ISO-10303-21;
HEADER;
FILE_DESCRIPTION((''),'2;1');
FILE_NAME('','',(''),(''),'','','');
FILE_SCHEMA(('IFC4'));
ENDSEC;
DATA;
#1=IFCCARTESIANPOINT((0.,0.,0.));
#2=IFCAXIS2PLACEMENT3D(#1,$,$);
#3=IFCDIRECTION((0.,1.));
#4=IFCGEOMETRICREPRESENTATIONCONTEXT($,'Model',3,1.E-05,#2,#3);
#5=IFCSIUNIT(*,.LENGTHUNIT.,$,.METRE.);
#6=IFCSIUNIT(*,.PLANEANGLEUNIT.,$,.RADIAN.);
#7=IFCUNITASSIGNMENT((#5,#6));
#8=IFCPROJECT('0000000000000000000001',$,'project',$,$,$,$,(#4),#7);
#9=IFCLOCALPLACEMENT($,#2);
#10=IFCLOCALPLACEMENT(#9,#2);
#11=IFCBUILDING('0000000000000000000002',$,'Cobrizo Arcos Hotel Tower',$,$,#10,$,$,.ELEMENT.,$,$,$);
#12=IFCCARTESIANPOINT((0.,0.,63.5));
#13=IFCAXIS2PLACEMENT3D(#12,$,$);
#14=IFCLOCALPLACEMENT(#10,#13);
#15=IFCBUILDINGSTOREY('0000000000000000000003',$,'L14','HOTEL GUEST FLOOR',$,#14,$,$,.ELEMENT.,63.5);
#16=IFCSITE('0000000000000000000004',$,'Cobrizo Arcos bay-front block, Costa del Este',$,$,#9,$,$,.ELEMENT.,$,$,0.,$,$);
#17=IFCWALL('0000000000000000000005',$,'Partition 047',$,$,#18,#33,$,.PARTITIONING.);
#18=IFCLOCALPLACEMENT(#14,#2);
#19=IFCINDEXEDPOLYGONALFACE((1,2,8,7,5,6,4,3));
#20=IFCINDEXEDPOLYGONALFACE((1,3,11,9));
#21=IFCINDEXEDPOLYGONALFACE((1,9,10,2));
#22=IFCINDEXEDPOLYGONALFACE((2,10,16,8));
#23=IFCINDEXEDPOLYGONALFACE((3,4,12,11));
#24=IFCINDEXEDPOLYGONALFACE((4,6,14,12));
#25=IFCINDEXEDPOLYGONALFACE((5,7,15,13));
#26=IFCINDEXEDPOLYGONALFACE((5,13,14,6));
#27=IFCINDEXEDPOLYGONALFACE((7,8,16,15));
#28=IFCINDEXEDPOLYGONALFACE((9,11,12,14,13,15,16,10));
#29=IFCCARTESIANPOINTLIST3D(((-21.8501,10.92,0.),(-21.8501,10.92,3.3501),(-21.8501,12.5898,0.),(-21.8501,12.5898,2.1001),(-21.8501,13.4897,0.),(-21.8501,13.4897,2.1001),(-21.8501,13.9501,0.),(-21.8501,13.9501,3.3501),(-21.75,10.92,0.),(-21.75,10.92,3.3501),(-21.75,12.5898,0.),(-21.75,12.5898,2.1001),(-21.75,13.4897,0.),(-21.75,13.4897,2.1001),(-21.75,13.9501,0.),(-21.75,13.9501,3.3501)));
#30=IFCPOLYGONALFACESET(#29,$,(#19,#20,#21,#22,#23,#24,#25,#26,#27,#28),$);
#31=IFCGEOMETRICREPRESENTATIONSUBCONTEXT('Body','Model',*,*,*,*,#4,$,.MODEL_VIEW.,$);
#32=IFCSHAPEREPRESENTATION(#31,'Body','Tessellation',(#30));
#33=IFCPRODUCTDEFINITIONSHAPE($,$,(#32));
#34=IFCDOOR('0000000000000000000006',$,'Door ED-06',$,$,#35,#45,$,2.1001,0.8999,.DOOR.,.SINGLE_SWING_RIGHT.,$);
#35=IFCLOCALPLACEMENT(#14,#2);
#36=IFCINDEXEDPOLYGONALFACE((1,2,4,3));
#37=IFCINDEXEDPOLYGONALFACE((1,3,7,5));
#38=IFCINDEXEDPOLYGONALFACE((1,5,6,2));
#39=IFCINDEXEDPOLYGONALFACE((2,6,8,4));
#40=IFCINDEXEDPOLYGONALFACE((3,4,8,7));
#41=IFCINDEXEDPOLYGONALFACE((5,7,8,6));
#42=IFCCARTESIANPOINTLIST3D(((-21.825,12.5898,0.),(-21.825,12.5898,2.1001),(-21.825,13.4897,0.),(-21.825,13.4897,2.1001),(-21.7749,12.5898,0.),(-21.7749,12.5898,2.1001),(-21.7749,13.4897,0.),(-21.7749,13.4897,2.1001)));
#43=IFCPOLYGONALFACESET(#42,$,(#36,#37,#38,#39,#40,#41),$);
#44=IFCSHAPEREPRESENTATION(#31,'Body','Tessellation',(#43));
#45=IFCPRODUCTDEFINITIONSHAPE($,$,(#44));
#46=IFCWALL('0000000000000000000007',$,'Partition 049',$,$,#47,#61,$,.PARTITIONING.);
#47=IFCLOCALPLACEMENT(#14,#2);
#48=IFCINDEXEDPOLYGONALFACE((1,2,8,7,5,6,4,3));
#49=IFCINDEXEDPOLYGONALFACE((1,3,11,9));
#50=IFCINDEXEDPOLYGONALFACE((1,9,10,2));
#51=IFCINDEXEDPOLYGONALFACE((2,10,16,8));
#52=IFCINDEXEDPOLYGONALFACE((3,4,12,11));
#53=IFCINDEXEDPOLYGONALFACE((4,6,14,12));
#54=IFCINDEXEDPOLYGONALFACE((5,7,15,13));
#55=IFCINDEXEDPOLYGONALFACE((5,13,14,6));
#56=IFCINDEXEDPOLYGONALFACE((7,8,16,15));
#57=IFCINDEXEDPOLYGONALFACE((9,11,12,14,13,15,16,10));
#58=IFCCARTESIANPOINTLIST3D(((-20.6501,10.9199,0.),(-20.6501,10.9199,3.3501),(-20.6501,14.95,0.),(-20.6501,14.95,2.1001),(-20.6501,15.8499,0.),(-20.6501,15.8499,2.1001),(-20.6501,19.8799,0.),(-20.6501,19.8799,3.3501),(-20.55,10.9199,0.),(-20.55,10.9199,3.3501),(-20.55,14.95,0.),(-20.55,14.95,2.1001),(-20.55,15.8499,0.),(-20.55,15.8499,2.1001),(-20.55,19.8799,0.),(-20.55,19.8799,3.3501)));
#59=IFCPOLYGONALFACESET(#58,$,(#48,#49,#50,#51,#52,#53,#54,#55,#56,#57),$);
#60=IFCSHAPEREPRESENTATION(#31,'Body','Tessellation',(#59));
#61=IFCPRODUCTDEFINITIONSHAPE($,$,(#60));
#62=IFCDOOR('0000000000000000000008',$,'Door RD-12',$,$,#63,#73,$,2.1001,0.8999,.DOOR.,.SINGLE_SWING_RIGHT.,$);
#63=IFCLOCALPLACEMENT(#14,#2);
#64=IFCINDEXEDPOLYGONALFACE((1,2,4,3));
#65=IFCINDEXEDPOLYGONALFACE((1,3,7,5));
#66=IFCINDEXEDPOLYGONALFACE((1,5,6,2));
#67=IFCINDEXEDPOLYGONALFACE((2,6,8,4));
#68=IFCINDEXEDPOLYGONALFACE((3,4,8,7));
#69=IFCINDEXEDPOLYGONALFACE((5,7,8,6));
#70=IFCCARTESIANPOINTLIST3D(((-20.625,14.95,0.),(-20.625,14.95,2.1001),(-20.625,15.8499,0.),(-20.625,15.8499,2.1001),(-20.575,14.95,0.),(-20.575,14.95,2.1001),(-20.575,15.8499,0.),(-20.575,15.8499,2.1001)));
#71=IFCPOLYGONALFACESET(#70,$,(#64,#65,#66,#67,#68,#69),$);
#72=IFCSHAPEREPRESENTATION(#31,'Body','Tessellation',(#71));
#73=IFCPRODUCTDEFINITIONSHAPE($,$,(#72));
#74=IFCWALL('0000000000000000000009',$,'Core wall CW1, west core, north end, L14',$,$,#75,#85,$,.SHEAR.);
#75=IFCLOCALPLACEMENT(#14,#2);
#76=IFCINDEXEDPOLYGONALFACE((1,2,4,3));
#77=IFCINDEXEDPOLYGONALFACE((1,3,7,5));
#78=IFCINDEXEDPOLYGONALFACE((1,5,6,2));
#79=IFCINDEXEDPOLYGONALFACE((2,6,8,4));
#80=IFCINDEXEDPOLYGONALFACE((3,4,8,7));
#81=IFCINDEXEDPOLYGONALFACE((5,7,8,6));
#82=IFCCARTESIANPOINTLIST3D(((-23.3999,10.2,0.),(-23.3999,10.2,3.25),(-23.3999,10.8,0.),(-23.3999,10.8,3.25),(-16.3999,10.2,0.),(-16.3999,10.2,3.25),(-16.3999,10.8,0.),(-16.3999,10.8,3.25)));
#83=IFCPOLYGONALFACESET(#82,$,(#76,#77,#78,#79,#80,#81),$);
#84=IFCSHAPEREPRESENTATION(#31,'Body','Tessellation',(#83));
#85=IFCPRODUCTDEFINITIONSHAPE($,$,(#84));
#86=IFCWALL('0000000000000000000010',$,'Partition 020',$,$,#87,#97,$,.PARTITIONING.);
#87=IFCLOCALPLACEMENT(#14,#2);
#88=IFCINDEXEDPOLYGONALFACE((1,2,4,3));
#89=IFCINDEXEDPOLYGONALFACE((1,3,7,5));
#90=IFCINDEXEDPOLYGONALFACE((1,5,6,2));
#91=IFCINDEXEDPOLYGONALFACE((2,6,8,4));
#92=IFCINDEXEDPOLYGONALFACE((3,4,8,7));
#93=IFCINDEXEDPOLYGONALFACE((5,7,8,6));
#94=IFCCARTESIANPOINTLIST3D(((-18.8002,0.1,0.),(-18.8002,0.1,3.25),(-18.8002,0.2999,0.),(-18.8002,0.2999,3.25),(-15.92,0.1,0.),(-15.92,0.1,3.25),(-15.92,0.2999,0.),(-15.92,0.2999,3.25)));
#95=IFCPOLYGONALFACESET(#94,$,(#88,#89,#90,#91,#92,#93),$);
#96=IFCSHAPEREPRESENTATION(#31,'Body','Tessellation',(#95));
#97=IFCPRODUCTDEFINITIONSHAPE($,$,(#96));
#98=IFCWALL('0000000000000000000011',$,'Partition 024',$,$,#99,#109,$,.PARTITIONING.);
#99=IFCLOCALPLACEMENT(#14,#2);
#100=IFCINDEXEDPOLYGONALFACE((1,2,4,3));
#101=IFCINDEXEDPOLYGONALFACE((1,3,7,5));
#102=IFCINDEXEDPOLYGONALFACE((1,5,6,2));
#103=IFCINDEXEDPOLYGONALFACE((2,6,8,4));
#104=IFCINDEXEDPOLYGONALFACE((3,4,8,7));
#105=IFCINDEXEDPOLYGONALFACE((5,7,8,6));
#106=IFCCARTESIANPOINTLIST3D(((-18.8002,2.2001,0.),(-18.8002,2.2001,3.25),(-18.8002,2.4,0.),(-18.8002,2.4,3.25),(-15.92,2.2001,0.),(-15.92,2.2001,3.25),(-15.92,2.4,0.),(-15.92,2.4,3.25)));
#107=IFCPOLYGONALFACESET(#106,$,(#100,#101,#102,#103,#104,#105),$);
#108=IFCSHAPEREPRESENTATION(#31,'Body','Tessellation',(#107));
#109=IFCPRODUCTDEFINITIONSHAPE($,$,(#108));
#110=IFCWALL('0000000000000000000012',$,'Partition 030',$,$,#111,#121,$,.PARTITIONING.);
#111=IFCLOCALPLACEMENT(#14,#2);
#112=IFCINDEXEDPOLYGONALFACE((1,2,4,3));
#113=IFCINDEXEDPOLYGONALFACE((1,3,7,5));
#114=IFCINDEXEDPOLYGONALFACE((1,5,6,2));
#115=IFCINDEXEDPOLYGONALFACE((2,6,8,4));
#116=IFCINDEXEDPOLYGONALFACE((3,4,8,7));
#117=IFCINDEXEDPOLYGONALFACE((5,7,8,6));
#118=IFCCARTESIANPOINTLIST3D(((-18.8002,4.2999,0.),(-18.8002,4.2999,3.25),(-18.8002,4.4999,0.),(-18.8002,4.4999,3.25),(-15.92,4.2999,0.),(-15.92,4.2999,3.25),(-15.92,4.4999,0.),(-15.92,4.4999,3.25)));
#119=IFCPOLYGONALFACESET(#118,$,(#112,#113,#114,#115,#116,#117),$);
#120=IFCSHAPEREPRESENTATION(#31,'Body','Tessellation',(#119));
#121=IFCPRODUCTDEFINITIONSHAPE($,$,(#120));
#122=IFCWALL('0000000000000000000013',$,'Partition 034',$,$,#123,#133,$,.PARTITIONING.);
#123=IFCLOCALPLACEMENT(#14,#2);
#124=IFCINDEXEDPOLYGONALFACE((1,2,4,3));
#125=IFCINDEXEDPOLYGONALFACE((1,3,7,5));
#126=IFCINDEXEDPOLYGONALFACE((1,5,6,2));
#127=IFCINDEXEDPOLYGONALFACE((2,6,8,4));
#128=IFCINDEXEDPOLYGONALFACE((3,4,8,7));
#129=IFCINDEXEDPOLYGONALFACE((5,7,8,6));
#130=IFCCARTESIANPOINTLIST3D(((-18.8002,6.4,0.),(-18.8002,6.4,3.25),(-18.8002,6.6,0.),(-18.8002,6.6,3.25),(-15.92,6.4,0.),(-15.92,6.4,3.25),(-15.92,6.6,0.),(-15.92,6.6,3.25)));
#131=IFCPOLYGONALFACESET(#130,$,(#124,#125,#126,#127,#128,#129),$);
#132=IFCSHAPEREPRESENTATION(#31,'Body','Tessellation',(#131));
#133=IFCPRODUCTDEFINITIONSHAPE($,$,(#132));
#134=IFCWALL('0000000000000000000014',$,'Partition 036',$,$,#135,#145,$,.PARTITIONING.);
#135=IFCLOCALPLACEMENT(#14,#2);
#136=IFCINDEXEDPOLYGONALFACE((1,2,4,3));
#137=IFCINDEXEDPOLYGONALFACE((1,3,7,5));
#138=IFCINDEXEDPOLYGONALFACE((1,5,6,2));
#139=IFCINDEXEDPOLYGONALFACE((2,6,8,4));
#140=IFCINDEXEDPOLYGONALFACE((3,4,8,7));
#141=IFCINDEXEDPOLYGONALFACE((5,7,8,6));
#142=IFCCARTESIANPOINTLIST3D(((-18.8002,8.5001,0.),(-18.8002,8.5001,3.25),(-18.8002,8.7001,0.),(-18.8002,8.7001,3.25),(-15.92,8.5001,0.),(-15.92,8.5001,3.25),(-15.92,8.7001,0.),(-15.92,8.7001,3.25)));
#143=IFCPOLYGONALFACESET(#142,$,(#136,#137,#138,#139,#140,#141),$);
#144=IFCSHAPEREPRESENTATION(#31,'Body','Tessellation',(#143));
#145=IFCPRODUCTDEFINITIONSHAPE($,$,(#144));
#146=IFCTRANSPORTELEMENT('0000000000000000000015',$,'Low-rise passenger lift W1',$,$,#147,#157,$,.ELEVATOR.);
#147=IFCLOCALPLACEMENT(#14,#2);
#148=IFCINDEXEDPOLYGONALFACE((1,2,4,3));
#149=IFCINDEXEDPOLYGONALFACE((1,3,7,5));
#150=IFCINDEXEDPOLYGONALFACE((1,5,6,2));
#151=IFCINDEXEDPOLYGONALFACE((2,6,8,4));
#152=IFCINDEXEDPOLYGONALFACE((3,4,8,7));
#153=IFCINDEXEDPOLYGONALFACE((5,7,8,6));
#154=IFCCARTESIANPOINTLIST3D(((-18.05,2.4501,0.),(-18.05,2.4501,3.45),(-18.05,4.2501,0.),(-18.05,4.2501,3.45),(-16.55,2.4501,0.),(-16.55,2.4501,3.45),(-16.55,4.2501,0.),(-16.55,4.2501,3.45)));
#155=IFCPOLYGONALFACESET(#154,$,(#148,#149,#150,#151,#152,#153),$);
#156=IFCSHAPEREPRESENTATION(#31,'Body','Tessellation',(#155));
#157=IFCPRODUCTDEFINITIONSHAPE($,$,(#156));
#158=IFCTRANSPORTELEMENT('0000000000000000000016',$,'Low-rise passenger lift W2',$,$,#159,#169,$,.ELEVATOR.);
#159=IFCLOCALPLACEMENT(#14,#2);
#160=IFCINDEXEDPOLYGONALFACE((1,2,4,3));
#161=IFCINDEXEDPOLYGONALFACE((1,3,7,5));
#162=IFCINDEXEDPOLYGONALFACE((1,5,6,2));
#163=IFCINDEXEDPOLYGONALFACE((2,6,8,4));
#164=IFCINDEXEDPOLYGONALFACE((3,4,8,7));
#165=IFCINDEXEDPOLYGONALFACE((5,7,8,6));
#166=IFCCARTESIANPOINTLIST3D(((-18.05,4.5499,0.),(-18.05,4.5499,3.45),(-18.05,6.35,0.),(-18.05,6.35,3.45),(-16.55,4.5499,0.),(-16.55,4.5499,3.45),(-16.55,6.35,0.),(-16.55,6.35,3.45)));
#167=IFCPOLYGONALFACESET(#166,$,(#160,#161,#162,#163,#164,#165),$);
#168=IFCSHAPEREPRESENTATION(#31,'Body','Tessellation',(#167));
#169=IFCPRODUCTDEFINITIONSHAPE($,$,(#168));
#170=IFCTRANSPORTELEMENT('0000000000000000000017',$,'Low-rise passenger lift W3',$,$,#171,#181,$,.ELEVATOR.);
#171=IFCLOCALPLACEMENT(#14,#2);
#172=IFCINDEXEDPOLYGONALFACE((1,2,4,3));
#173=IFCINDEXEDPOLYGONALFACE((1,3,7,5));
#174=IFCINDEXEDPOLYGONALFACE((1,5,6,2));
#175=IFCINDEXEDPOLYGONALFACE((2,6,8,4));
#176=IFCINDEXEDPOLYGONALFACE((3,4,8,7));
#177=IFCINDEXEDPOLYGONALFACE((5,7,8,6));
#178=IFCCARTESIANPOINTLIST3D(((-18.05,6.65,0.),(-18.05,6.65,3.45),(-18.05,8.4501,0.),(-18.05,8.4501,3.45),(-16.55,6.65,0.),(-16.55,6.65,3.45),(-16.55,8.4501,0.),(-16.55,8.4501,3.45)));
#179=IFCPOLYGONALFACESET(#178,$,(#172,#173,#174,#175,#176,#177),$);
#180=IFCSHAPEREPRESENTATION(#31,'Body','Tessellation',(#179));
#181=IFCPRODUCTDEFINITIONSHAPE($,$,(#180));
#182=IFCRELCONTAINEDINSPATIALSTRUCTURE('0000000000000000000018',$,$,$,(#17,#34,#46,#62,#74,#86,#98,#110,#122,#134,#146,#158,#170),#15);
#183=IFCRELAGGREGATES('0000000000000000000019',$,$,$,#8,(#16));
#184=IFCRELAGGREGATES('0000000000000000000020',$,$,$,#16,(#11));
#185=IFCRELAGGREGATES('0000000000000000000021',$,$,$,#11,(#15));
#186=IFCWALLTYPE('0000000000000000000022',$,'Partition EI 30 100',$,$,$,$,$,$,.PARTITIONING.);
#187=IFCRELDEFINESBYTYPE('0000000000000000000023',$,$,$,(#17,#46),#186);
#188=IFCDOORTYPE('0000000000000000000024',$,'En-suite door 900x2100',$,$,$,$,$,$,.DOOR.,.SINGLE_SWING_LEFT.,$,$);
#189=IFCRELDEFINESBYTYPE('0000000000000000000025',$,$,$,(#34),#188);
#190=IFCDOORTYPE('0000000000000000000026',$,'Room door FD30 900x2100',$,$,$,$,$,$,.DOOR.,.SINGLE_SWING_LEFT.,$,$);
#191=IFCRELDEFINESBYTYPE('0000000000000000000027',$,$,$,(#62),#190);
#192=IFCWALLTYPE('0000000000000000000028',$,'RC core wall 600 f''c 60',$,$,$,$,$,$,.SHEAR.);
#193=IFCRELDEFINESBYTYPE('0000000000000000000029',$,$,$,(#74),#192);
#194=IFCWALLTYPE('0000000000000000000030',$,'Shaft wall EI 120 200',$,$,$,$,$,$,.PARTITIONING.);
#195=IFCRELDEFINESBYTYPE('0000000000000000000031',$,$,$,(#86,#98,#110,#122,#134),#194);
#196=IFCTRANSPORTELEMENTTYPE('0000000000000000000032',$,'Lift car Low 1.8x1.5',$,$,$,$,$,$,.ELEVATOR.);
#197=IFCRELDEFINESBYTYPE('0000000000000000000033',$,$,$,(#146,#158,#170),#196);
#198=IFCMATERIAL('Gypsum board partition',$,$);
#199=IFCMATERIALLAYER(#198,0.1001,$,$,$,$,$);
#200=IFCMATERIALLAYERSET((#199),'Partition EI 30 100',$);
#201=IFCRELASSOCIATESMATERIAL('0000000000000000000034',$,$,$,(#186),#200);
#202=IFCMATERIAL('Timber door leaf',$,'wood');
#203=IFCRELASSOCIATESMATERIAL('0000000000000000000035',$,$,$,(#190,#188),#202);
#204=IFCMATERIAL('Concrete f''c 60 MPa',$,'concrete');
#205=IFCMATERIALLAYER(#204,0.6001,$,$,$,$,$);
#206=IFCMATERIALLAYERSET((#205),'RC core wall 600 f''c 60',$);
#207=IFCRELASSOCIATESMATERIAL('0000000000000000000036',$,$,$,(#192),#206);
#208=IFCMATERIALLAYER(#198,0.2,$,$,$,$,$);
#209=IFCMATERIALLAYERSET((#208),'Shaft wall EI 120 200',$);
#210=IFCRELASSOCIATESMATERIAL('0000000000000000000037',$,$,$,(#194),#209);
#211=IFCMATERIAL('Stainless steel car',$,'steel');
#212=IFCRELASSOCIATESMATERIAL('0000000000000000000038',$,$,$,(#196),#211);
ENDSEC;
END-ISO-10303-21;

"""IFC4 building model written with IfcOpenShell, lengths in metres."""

from ifc_helpers import new_model, si_unit, direction, frame, frame_2d, origin, origin_2d, place, context, subcontext, project, spatial, rectangle, extrude, material, layer, layer_set, type_object, element, fill, save


model = new_model("IFC4")

# Units and contexts
model_context = context("Model", 3, precision=1e-05, world=origin(), true_north=direction((0.0, 1.0)))
body_context = subcontext(model_context, "Body", "Model", "MODEL_VIEW")
ifc_project = project(units=[si_unit("LENGTHUNIT", "METRE"), si_unit("PLANEANGLEUNIT", "RADIAN")], contexts=[model_context])

# Site, building, storey
site_placement = place(None, origin())
site = spatial("IfcSite", under=ifc_project, at=site_placement, Name="Cobrizo Arcos bay-front block, Costa del Este", CompositionType="ELEMENT", RefElevation=0.0)
building_placement = place(site_placement, origin())
building = spatial("IfcBuilding", under=site, at=building_placement, Name="Cobrizo Arcos Hotel Tower", CompositionType="ELEMENT")
storey_placement = place(building_placement, frame((0.0, 0.0, 63.5)))
storey = spatial("IfcBuildingStorey", under=building, at=storey_placement, Name="L14", Description="HOTEL GUEST FLOOR", CompositionType="ELEMENT", Elevation=63.5)

# Shared definitions
ifc_material_1 = material(Name="Gypsum board partition")
ifc_material_2 = material(Name="Timber door leaf", Category="wood")

# Shared definitions
ifc_layer_1 = layer(ifc_material_1, 0.1001)
ifc_layer_set_1 = layer_set([ifc_layer_1], Name="Partition EI 30 100")
wall_type_1 = type_object("IfcWallType", Name="Partition EI 30 100", PredefinedType="PARTITIONING", material=ifc_layer_set_1)
door_type_1 = type_object("IfcDoorType", Name="Room door FD30 900x2100", OperationType="SINGLE_SWING_LEFT", PredefinedType="DOOR", material=ifc_material_2)

# Walls, openings, doors
wall_1_placement = place(storey_placement, frame((-21.8, 10.9199, 0.0), z_axis=(0.0, 0.0, 1.0), x_axis=(0.0, 1.0, 0.0)))
wall_1 = element("IfcWall", 1, at=wall_1_placement, inside=storey, type_object=wall_type_1, Name="Partition 047", PredefinedType="PARTITIONING", context=body_context, shape_type="SweptSolid", body=[
    extrude(rectangle(XDim=3.03, YDim=0.1001, at=frame_2d((1.5151, 0.0))), origin(), (0.0, 0.0, 1.0), 3.3501),
])
opening_1_placement = place(wall_1_placement, frame((1.6699, 0.0, 0.0)))
opening_1 = element("IfcOpeningElement", 2, at=opening_1_placement, cuts=wall_1, PredefinedType="OPENING", context=body_context, shape_type="SweptSolid", body=[
    extrude(rectangle(XDim=0.8999, YDim=2.1001, at=frame_2d((0.45, 1.05))), frame((0.0, 0.062, 0.0), z_axis=(0.0, -1.0, 0.0), x_axis=(1.0, 0.0, 0.0)), (0.0, 0.0, 1.0), 0.124),
])
door_type_2 = type_object("IfcDoorType", Name="En-suite door 900x2100", OperationType="SINGLE_SWING_LEFT", PredefinedType="DOOR", material=ifc_material_2)
door_1_placement = place(opening_1_placement, origin())
door_1 = element("IfcDoor", 3, at=door_1_placement, inside=storey, type_object=door_type_2, Name="Door ED-06", OperationType="SINGLE_SWING_RIGHT", OverallHeight=2.1001, OverallWidth=0.8999, PredefinedType="DOOR", context=body_context, shape_type="SweptSolid", body=[
    extrude(rectangle(XDim=0.8999, YDim=2.1001, at=frame_2d((0.45, 1.05))), frame((0.0, 0.0249, 0.0), z_axis=(0.0, -1.0, 0.0), x_axis=(1.0, 0.0, 0.0)), (0.0, 0.0, 1.0), 0.05),
])
fill(opening_1, door_1)
wall_2_placement = place(storey_placement, frame((-20.6001, 10.9199, 0.0), z_axis=(0.0, 0.0, 1.0), x_axis=(0.0, 1.0, 0.0)))
wall_2 = element("IfcWall", 4, at=wall_2_placement, inside=storey, type_object=wall_type_1, Name="Partition 049", PredefinedType="PARTITIONING", context=body_context, shape_type="SweptSolid", body=[
    extrude(rectangle(XDim=8.96, YDim=0.1001, at=frame_2d((4.48, 0.0))), origin(), (0.0, 0.0, 1.0), 3.3501),
])
opening_2_placement = place(wall_2_placement, frame((4.03, 0.0, 0.0)))
opening_2 = element("IfcOpeningElement", 5, at=opening_2_placement, cuts=wall_2, PredefinedType="OPENING", context=body_context, shape_type="SweptSolid", body=[
    extrude(rectangle(XDim=0.8999, YDim=2.1001, at=frame_2d((0.45, 1.05))), frame((0.0, 0.062, 0.0), z_axis=(0.0, -1.0, 0.0), x_axis=(1.0, 0.0, 0.0)), (0.0, 0.0, 1.0), 0.124),
])
door_2_placement = place(opening_2_placement, origin())
door_2 = element("IfcDoor", 6, at=door_2_placement, inside=storey, type_object=door_type_1, Name="Door RD-12", OperationType="SINGLE_SWING_RIGHT", OverallHeight=2.1001, OverallWidth=0.8999, PredefinedType="DOOR", context=body_context, shape_type="SweptSolid", body=[
    extrude(rectangle(XDim=0.8999, YDim=2.1001, at=frame_2d((0.45, 1.05))), frame((0.0, 0.0249, 0.0), z_axis=(0.0, -1.0, 0.0), x_axis=(1.0, 0.0, 0.0)), (0.0, 0.0, 1.0), 0.05),
])
fill(opening_2, door_2)

# Walls
ifc_material_3 = material(Name="Concrete f'c 60 MPa", Category="concrete")
ifc_layer_2 = layer(ifc_material_3, 0.6001)
ifc_layer_set_2 = layer_set([ifc_layer_2], Name="RC core wall 600 f'c 60")
wall_type_2 = type_object("IfcWallType", Name="RC core wall 600 f'c 60", PredefinedType="SHEAR", material=ifc_layer_set_2)
wall_3_placement = place(storey_placement, frame((-23.3999, 10.5, 0.0), z_axis=(0.0, 0.0, 1.0), x_axis=(1.0, 0.0, 0.0)))
element("IfcWall", 7, at=wall_3_placement, inside=storey, type_object=wall_type_2, Name="Core wall CW1, west core, north end, L14", PredefinedType="SHEAR", context=body_context, shape_type="SweptSolid", body=[
    extrude(rectangle(XDim=7.0, YDim=0.6001, at=frame_2d((3.5, 0.0))), origin(), (0.0, 0.0, 1.0), 3.25),
])
ifc_layer_3 = layer(ifc_material_1, 0.2)
ifc_layer_set_3 = layer_set([ifc_layer_3], Name="Shaft wall EI 120 200")
wall_type_3 = type_object("IfcWallType", Name="Shaft wall EI 120 200", PredefinedType="PARTITIONING", material=ifc_layer_set_3)
for number, where, z_axis, x_axis, name in (
    (8, (-18.8, 0.2, 0.0), (0.0, 0.0, 1.0), (1.0, 0.0, 0.0), "Partition 020"),
    (9, (-18.8, 2.3, 0.0), (0.0, 0.0, 1.0), (1.0, 0.0, 0.0), "Partition 024"),
    (10, (-18.8, 4.3999, 0.0), (0.0, 0.0, 1.0), (1.0, 0.0, 0.0), "Partition 030"),
    (11, (-18.8, 6.5, 0.0), (0.0, 0.0, 1.0), (1.0, 0.0, 0.0), "Partition 034"),
    (12, (-18.8, 8.6001, 0.0), (0.0, 0.0, 1.0), (1.0, 0.0, 0.0), "Partition 036"),
):
    element("IfcWall", number, at=place(storey_placement, frame(where, z_axis=z_axis, x_axis=x_axis)), inside=storey, type_object=wall_type_3, Name=name, PredefinedType="PARTITIONING", context=body_context, shape_type="SweptSolid", body=[
        extrude(rectangle(XDim=2.8801, YDim=0.2, at=frame_2d((1.4399, 0.0))), origin(), (0.0, 0.0, 1.0), 3.25),
    ])

# Transport elements
ifc_material_4 = material(Name="Stainless steel car", Category="steel")
transport_element_type = type_object("IfcTransportElementType", Name="Lift car Low 1.8x1.5", PredefinedType="ELEVATOR", material=ifc_material_4)
for number, where, z_axis, x_axis, name in (
    (13, (-17.3, 3.3501, 0.0), (0.0, 0.0, 1.0), (1.0, 0.0, 0.0), "Low-rise passenger lift W1"),
    (14, (-17.3, 5.45, 0.0), (0.0, 0.0, 1.0), (1.0, 0.0, 0.0), "Low-rise passenger lift W2"),
    (15, (-17.3, 7.55, 0.0), (0.0, 0.0, 1.0), (1.0, 0.0, 0.0), "Low-rise passenger lift W3"),
):
    element("IfcTransportElement", number, at=place(storey_placement, frame(where, z_axis=z_axis, x_axis=x_axis)), inside=storey, type_object=transport_element_type, Name=name, PredefinedType="ELEVATOR", context=body_context, shape_type="SweptSolid", body=[
        extrude(rectangle(XDim=1.5, YDim=1.8, at=origin_2d()), origin(), (0.0, 0.0, 1.0), 3.45),
    ])

save(model, "model.ifc")
